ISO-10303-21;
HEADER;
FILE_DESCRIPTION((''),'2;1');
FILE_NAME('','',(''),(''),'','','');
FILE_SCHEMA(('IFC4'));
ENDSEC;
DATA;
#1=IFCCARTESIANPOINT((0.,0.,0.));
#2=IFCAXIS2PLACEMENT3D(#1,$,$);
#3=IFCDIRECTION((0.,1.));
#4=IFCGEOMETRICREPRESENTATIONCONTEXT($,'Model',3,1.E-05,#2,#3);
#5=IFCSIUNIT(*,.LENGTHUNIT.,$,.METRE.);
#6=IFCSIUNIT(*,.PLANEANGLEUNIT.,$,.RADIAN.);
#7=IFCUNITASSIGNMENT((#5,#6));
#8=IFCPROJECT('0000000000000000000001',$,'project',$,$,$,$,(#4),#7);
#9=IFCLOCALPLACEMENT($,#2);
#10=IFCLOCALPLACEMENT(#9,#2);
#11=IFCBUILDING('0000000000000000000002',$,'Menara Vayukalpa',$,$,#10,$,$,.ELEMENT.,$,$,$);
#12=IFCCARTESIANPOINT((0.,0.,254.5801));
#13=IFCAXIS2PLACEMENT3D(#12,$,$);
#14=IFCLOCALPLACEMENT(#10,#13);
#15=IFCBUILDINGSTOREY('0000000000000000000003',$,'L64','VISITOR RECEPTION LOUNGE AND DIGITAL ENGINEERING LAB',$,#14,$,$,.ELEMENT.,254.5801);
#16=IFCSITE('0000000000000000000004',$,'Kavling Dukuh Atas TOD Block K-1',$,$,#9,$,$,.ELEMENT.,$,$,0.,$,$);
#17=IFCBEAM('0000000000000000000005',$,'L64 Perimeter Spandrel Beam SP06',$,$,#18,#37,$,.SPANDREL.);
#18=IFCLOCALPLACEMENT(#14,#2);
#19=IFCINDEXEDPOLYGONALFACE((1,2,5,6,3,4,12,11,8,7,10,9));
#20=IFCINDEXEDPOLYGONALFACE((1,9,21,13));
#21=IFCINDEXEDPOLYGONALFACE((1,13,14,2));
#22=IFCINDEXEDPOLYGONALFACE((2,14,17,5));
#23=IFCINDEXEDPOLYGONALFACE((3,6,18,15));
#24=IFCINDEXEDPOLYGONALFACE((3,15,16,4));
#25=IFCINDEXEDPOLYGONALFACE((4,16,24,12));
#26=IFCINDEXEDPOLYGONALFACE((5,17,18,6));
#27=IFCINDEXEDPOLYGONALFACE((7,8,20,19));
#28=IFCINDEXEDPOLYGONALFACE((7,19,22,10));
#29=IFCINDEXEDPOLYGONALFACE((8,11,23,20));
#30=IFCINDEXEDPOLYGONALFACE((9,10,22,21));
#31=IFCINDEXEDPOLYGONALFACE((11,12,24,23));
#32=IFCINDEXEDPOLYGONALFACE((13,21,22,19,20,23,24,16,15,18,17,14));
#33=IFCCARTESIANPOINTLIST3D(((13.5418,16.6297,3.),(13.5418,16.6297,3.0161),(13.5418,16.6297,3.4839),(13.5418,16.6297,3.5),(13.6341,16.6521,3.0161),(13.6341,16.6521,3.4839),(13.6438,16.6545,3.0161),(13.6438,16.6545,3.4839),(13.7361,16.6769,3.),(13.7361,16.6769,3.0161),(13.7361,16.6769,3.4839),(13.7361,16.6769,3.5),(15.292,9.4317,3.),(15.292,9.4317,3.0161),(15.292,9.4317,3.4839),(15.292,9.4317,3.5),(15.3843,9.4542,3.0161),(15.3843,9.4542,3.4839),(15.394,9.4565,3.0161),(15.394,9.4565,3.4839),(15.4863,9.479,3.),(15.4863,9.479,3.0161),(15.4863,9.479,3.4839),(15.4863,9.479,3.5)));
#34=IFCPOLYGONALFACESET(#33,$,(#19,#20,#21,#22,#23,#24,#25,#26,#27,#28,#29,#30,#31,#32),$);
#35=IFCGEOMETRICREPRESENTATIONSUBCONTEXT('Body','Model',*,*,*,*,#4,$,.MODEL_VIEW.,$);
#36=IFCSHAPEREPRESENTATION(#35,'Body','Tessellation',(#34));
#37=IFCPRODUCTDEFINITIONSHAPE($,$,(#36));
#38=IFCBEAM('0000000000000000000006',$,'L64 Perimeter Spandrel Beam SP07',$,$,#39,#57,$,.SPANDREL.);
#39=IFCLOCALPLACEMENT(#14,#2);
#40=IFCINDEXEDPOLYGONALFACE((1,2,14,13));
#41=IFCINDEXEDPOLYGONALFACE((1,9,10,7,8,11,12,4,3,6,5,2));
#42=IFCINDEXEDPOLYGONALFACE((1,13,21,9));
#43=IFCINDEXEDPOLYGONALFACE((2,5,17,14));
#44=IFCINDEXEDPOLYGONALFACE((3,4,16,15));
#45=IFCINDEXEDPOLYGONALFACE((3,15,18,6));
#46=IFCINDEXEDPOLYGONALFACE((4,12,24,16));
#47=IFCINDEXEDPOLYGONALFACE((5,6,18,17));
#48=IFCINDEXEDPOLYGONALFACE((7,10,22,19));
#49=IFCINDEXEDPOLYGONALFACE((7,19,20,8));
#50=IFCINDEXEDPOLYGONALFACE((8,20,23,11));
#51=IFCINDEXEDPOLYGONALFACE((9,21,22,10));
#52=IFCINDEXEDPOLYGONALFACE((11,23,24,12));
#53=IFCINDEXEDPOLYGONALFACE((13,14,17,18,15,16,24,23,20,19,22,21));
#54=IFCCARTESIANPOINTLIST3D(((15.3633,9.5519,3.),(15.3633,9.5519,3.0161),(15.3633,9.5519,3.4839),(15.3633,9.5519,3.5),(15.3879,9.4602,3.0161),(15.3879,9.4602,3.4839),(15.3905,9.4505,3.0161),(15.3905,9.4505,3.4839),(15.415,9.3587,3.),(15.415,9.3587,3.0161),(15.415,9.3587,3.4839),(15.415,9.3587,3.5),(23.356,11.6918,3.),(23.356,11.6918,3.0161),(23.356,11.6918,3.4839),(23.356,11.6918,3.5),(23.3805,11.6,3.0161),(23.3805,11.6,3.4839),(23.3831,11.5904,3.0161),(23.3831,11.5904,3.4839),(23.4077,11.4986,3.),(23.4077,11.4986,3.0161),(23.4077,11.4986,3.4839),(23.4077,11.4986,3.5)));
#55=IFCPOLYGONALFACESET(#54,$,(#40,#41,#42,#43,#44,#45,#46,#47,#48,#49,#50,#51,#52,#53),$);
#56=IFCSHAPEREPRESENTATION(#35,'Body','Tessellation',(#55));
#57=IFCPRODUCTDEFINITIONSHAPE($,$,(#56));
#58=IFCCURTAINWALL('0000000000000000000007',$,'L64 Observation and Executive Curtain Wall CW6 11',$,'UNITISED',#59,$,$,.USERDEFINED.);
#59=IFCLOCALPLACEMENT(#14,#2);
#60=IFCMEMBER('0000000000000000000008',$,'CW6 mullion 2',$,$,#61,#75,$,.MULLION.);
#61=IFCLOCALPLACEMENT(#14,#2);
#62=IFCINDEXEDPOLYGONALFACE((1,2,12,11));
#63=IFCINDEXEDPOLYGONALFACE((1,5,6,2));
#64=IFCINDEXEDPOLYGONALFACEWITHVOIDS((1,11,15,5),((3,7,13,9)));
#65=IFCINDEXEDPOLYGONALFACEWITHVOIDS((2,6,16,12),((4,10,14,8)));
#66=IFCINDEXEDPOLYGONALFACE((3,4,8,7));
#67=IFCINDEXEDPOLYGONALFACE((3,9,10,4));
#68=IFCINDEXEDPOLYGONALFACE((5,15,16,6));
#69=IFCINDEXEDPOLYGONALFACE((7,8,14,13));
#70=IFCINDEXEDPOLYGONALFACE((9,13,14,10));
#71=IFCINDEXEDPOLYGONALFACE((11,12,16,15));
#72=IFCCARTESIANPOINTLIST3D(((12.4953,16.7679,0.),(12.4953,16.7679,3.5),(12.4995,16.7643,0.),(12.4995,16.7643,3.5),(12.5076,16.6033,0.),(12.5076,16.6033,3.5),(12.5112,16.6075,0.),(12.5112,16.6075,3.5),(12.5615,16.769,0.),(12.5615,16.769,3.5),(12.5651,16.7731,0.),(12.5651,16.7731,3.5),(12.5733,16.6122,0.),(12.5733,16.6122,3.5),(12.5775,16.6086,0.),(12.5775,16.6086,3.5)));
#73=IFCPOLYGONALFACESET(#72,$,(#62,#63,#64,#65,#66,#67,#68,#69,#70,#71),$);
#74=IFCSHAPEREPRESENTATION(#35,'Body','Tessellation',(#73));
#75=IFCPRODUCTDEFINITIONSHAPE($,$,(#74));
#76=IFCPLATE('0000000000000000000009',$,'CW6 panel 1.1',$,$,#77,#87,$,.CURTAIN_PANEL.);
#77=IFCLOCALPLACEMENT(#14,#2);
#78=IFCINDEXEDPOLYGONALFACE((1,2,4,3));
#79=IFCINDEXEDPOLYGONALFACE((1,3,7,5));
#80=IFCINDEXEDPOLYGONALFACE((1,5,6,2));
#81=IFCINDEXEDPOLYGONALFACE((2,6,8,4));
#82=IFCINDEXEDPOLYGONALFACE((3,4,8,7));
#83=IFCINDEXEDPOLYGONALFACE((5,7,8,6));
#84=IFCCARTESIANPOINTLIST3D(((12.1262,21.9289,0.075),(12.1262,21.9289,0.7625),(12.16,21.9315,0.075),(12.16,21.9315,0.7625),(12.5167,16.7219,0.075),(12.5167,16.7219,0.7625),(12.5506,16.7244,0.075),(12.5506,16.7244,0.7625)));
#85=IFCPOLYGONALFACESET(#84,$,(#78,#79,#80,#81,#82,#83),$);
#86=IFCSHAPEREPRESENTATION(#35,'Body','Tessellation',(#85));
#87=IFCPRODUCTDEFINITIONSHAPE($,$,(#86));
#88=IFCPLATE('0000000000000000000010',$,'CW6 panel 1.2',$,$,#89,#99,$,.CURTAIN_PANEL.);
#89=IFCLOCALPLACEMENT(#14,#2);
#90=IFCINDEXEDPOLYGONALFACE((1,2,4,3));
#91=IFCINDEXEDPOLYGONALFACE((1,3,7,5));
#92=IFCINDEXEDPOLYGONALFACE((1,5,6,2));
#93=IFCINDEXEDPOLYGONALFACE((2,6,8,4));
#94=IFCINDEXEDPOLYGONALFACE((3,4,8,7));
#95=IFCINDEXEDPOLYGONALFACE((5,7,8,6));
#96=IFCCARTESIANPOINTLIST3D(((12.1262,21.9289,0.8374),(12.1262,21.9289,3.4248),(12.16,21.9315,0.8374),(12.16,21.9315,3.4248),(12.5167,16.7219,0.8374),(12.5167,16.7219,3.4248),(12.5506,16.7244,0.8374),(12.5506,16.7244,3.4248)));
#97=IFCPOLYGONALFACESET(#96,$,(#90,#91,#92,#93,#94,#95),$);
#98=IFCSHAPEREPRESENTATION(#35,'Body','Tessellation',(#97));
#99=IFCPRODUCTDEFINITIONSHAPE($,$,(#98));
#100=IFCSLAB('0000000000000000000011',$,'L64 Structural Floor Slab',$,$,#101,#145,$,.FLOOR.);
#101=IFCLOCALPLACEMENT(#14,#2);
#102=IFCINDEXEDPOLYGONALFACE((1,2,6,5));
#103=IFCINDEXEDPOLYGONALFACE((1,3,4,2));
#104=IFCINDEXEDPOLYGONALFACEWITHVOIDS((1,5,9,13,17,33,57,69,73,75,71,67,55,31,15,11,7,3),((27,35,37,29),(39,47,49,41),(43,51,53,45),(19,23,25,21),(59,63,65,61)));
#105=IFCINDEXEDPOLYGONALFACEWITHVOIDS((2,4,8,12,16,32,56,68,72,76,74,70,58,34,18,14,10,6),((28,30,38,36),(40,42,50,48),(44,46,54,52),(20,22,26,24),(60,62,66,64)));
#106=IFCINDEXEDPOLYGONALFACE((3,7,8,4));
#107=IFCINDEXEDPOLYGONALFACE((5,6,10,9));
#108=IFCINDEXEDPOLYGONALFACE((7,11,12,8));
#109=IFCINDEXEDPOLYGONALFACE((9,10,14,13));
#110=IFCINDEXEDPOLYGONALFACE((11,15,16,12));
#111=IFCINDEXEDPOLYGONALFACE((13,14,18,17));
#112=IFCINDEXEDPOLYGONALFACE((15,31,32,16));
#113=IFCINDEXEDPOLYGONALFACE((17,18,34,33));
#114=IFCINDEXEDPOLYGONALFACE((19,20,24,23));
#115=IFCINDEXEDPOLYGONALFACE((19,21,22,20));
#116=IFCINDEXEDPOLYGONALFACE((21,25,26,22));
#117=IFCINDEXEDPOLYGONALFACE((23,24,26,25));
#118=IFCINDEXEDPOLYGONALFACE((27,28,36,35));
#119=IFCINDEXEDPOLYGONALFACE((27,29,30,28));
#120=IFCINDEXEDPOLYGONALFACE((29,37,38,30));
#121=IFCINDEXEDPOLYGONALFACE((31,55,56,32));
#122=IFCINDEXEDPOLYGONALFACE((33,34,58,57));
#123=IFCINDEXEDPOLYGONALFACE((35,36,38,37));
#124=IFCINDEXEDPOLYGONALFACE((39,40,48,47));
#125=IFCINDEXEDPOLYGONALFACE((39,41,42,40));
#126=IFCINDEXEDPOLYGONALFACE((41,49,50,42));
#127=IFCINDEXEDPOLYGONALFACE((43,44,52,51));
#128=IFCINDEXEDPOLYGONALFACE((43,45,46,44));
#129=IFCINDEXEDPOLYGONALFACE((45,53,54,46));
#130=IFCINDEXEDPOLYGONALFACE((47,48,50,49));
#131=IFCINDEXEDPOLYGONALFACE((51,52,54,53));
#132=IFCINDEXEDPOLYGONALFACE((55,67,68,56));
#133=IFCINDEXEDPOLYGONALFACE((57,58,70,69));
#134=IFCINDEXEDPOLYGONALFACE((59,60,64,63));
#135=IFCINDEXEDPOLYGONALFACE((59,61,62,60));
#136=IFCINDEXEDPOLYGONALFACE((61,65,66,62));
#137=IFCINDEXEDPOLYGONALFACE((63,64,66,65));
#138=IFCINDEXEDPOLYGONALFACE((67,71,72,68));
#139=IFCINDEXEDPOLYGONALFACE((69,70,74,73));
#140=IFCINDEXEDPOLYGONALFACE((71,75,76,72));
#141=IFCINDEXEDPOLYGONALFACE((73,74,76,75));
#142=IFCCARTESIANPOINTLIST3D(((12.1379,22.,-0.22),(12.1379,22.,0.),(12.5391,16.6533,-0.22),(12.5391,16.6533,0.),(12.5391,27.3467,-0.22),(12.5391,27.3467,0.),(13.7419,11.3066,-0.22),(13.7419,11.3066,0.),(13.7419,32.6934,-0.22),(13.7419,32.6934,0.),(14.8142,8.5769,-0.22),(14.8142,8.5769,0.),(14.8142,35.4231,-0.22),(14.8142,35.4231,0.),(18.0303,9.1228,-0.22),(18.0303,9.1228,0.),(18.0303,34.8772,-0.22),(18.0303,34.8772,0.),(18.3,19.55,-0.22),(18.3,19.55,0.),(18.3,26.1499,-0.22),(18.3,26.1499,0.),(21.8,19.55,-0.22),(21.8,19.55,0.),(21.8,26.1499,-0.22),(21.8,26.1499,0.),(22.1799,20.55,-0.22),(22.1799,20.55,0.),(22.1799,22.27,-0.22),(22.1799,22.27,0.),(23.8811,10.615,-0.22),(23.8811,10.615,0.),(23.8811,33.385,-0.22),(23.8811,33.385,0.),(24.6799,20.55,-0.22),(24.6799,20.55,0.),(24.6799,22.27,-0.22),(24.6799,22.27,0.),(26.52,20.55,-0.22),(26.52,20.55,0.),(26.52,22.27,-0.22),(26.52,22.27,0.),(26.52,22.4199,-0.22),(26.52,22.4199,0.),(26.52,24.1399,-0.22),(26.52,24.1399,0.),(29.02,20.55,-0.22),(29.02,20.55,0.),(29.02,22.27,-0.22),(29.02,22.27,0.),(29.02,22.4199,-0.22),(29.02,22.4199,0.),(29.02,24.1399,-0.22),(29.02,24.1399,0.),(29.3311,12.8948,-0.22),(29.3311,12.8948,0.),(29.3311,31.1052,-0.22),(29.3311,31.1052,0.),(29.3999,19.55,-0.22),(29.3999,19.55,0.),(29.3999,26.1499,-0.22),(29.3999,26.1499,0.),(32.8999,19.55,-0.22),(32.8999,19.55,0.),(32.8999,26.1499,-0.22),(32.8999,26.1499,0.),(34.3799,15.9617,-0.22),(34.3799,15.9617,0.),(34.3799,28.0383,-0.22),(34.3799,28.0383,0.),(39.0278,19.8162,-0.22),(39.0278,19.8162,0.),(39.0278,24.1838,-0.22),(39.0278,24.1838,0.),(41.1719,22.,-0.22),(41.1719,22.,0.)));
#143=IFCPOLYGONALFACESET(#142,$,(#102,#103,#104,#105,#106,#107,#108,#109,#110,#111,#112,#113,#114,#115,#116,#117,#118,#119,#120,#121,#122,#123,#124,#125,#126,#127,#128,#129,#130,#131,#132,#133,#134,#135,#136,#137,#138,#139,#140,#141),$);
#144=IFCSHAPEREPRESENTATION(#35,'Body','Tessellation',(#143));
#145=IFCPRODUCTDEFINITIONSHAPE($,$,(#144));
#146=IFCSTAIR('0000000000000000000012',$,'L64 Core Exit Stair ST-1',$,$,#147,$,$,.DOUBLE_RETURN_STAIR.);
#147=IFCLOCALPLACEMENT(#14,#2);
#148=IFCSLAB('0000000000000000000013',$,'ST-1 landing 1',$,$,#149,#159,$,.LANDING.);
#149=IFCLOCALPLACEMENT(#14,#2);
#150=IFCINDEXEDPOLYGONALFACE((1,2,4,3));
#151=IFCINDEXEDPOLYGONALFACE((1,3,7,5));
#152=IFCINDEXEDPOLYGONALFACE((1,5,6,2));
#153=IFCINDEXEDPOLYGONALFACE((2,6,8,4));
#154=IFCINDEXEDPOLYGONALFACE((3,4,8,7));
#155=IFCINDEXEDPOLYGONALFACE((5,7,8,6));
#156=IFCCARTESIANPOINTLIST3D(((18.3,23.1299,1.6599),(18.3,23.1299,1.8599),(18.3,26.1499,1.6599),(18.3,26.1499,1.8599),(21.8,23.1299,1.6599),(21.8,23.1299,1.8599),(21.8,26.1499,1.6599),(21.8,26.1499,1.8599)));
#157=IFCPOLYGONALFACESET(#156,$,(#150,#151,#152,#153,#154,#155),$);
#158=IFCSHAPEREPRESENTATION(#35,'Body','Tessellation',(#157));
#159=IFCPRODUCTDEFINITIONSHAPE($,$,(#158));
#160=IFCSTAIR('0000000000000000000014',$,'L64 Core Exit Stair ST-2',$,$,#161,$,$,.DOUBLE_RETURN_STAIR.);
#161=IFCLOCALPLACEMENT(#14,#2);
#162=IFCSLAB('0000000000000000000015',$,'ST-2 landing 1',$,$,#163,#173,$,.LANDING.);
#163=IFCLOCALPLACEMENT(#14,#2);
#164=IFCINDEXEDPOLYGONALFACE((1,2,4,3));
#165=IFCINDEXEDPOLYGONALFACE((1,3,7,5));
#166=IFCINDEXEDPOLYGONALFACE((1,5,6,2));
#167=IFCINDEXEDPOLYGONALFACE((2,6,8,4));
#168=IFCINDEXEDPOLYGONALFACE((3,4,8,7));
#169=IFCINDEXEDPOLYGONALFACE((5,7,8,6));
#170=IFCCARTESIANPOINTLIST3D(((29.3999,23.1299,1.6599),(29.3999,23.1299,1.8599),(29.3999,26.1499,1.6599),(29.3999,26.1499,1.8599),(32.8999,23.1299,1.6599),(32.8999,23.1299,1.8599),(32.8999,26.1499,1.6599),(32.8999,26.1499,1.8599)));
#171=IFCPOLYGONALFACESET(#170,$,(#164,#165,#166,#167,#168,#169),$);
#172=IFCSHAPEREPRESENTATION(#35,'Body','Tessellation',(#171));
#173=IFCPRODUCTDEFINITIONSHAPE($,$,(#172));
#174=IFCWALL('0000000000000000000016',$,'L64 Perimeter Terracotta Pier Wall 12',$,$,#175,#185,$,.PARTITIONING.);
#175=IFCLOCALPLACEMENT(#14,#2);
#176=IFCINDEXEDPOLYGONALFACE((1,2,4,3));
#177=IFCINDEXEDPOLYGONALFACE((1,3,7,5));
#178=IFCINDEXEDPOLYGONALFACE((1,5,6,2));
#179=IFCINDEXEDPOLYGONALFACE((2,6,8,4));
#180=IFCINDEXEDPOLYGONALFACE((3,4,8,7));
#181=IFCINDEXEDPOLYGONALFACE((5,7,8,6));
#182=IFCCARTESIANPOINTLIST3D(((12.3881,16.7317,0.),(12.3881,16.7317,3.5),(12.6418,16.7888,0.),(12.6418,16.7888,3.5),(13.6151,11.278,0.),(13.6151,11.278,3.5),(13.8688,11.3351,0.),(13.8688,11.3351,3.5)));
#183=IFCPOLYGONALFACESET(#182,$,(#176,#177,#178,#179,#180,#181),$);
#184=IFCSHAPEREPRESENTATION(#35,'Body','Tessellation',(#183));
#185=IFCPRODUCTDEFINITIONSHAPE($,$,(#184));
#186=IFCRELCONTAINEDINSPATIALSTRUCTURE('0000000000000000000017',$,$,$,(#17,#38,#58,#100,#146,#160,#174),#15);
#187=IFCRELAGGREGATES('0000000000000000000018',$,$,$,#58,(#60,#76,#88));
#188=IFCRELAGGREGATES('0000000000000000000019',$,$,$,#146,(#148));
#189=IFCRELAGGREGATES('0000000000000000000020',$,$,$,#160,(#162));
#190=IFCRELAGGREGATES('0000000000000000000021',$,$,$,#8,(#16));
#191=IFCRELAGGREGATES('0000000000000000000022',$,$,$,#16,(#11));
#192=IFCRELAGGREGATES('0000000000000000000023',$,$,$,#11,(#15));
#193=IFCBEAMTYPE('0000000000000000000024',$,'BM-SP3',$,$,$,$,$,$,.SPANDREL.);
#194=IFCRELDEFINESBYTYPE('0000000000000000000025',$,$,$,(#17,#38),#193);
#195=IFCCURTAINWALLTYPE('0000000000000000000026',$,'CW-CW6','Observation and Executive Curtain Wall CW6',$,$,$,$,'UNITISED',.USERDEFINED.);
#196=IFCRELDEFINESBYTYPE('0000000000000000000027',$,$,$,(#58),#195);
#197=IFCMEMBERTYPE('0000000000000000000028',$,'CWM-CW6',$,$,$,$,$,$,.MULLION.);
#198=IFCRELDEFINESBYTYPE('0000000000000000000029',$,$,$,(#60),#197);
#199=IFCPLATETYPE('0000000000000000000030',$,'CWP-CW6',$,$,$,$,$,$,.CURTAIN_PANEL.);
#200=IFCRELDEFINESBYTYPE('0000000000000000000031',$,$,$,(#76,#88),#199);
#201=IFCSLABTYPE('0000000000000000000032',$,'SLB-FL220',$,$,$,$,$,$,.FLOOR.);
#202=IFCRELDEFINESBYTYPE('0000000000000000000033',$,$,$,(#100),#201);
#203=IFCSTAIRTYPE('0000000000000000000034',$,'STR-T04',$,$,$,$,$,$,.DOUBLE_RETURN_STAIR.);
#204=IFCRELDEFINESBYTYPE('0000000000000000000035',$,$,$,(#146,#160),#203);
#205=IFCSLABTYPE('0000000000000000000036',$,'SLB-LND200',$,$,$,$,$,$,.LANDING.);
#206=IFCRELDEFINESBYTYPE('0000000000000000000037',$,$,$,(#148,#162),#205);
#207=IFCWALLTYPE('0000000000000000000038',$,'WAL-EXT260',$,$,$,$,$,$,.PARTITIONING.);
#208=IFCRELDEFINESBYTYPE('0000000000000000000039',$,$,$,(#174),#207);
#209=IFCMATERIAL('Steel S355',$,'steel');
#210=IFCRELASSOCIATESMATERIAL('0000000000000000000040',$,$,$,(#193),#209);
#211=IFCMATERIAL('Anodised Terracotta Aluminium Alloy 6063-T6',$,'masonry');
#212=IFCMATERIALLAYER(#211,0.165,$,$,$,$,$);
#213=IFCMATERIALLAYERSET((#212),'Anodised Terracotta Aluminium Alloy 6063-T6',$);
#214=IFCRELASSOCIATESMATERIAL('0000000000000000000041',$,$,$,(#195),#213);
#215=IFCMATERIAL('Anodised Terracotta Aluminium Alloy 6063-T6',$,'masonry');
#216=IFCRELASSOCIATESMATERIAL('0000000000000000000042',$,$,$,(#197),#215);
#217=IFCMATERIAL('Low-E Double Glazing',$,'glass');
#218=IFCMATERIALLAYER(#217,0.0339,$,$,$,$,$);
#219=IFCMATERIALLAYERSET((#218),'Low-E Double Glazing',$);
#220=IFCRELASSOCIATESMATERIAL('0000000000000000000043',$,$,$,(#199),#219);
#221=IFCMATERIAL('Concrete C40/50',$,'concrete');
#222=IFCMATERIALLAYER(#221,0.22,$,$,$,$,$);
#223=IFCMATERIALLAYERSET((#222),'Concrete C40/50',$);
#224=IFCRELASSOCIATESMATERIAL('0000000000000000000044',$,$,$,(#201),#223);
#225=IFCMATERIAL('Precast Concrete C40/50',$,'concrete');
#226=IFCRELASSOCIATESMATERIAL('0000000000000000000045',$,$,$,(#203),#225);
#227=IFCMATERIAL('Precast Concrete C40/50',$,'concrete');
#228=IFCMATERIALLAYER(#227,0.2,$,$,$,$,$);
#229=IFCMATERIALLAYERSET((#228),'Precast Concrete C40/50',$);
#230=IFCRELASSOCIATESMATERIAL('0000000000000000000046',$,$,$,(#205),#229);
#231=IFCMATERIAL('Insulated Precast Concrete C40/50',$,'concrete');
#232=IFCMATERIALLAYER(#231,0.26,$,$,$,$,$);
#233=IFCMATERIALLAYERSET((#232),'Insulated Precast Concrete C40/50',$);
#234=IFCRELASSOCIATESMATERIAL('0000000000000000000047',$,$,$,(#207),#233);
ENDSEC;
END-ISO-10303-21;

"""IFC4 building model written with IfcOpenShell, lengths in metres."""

from ifc_helpers import new_model, si_unit, direction, frame, frame_2d, origin, origin_2d, place, context, subcontext, project, spatial, polyline, rectangle, hollow_rectangle, i_section, outline, extrude, material, layer, layer_set, material_profile, profile_set, type_object, element, aggregate, save


model = new_model("IFC4")

# Units and contexts
model_context = context("Model", 3, precision=1e-05, world=origin(), true_north=direction((0.0, 1.0)))
body_context = subcontext(model_context, "Body", "Model", "MODEL_VIEW")
ifc_project = project(units=[si_unit("LENGTHUNIT", "METRE"), si_unit("PLANEANGLEUNIT", "RADIAN")], contexts=[model_context])

# Site, building, storey
site_placement = place(None, origin())
site = spatial("IfcSite", under=ifc_project, at=site_placement, Name="Kavling Dukuh Atas TOD Block K-1", CompositionType="ELEMENT", RefElevation=0.0)
building_placement = place(site_placement, origin())
building = spatial("IfcBuilding", under=site, at=building_placement, Name="Menara Vayukalpa", CompositionType="ELEMENT")
storey_placement = place(building_placement, frame((0.0, 0.0, 254.5801)))
storey = spatial("IfcBuildingStorey", under=building, at=storey_placement, Name="L64", Description="VISITOR RECEPTION LOUNGE AND DIGITAL ENGINEERING LAB", CompositionType="ELEMENT", Elevation=254.5801)

# Beams
ifc_material_1 = material(Name="Steel S355", Category="steel")
ifc_material_profile_1 = material_profile(ifc_material_1, i_section(OverallWidth=0.2, OverallDepth=0.5, WebThickness=0.01, FlangeThickness=0.0161, at=origin_2d()), Name="WF 500x200x10x16")
ifc_profile_set_1 = profile_set([ifc_material_profile_1], Name="Steel S355")
beam_type_1 = type_object("IfcBeamType", Name="BM-SP3", PredefinedType="SPANDREL", material=ifc_profile_set_1)
beam_1_placement = place(storey_placement, frame((13.6389, 16.6533, 3.25), z_axis=(0.236273, -0.971687, 0.0), x_axis=(0.971687, 0.236273, 0.0)))
element("IfcBeam", 1, at=beam_1_placement, inside=storey, type_object=beam_type_1, Name="L64 Perimeter Spandrel Beam SP06", PredefinedType="SPANDREL", context=body_context, shape_type="SweptSolid", body=[
    extrude(i_section(OverallWidth=0.2, OverallDepth=0.5, WebThickness=0.01, FlangeThickness=0.0161, at=origin_2d()), origin(), (0.0, 0.0, 1.0), 7.4077),
])
beam_2_placement = place(storey_placement, frame((15.3892, 9.4553, 3.25), z_axis=(0.965978, 0.258623, 0.0), x_axis=(-0.258623, 0.965978, 0.0)))
element("IfcBeam", 2, at=beam_2_placement, inside=storey, type_object=beam_type_1, Name="L64 Perimeter Spandrel Beam SP07", PredefinedType="SPANDREL", context=body_context, shape_type="SweptSolid", body=[
    extrude(i_section(OverallWidth=0.2, OverallDepth=0.5, WebThickness=0.01, FlangeThickness=0.0161, at=origin_2d()), origin(), (0.0, 0.0, 1.0), 8.2742),
])

# Curtain wall, member, plates
ifc_material_2 = material(Name="Anodised Terracotta Aluminium Alloy 6063-T6", Category="masonry")
ifc_layer_1 = layer(ifc_material_2, 0.165)
ifc_layer_set_1 = layer_set([ifc_layer_1], Name="Anodised Terracotta Aluminium Alloy 6063-T6")
curtain_wall_type = type_object("IfcCurtainWallType", Name="CW-CW6", Description="Observation and Executive Curtain Wall CW6", ElementType="UNITISED", PredefinedType="USERDEFINED", material=ifc_layer_set_1)
curtain_wall_placement = place(storey_placement, origin())
curtain_wall = element("IfcCurtainWall", 3, at=curtain_wall_placement, inside=storey, type_object=curtain_wall_type, Name="L64 Observation and Executive Curtain Wall CW6 11", ObjectType="UNITISED", PredefinedType="USERDEFINED")
ifc_material_3 = material(Name="Anodised Terracotta Aluminium Alloy 6063-T6", Category="masonry")
ifc_material_profile_2 = material_profile(ifc_material_3, hollow_rectangle(XDim=0.0701, YDim=0.165, WallThickness=0.0039, at=origin_2d()), Name="ALU 70x165x4")
ifc_profile_set_2 = profile_set([ifc_material_profile_2], Name="Anodised Terracotta Aluminium Alloy 6063-T6")
member_type = type_object("IfcMemberType", Name="CWM-CW6", PredefinedType="MULLION", material=ifc_profile_set_2)
member_placement = place(storey_placement, frame((12.5364, 16.6882, 0.0), z_axis=(0.0, 0.0, 1.0), x_axis=(0.997199, 0.074789, 0.0)))
member = element("IfcMember", 4, at=member_placement, type_object=member_type, Name="CW6 mullion 2", PredefinedType="MULLION", context=body_context, shape_type="SweptSolid", body=[
    extrude(hollow_rectangle(XDim=0.0701, YDim=0.165, WallThickness=0.0039, at=origin_2d()), origin(), (0.0, 0.0, 1.0), 3.5),
])
ifc_material_4 = material(Name="Low-E Double Glazing", Category="glass")
ifc_layer_2 = layer(ifc_material_4, 0.0339)
ifc_layer_set_2 = layer_set([ifc_layer_2], Name="Low-E Double Glazing")
plate_type = type_object("IfcPlateType", Name="CWP-CW6", PredefinedType="CURTAIN_PANEL", material=ifc_layer_set_2)
plate_1_placement = place(storey_placement, frame((12.3384, 19.3267, 0.075), z_axis=(0.0, 0.0, 1.0), x_axis=(0.074789, -0.997199, 0.0)))
plate_1 = element("IfcPlate", 5, at=plate_1_placement, type_object=plate_type, Name="CW6 panel 1.1", PredefinedType="CURTAIN_PANEL", context=body_context, shape_type="SweptSolid", body=[
    extrude(rectangle(XDim=5.2217, YDim=0.0339, at=origin_2d()), origin(), (0.0, 0.0, 1.0), 0.6875),
])
plate_2_placement = place(storey_placement, frame((12.3384, 19.3267, 0.8374), z_axis=(0.0, 0.0, 1.0), x_axis=(0.074789, -0.997199, 0.0)))
plate_2 = element("IfcPlate", 6, at=plate_2_placement, type_object=plate_type, Name="CW6 panel 1.2", PredefinedType="CURTAIN_PANEL", context=body_context, shape_type="SweptSolid", body=[
    extrude(rectangle(XDim=5.2217, YDim=0.0339, at=origin_2d()), origin(), (0.0, 0.0, 1.0), 2.5874),
])
aggregate(curtain_wall, [member, plate_1, plate_2])

# Slab
ifc_material_5 = material(Name="Concrete C40/50", Category="concrete")
ifc_layer_3 = layer(ifc_material_5, 0.22)
ifc_layer_set_3 = layer_set([ifc_layer_3], Name="Concrete C40/50")
slab_type_1 = type_object("IfcSlabType", Name="SLB-FL220", PredefinedType="FLOOR", material=ifc_layer_set_3)
slab_1_placement = place(storey_placement, frame((0.0, 0.0, -0.22)))
element("IfcSlab", 7, at=slab_1_placement, inside=storey, type_object=slab_type_1, Name="L64 Structural Floor Slab", PredefinedType="FLOOR", context=body_context, shape_type="SweptSolid", body=[
    extrude(outline(polyline([(39.0278, 19.8162), (41.1719, 22.0), (39.0278, 24.1838), (34.3799, 28.0383), (29.3311, 31.1052), (23.8811, 33.385), (18.0303, 34.8772), (14.8142, 35.4231), (13.7419, 32.6934), (12.5391, 27.3467), (12.1379, 22.0), (12.5391, 16.6533), (13.7419, 11.3066), (14.8142, 8.5769), (18.0303, 9.1228), (23.8811, 10.615), (29.3311, 12.8948), (34.3799, 15.9617), (39.0278, 19.8162)]), holes=[polyline([(21.8, 19.55), (21.8, 26.1499), (18.3, 26.1499), (18.3, 19.55), (21.8, 19.55)]), polyline([(32.8999, 19.55), (32.8999, 26.1499), (29.3999, 26.1499), (29.3999, 19.55), (32.8999, 19.55)]), polyline([(22.1799, 20.55), (24.6799, 20.55), (24.6799, 22.27), (22.1799, 22.27), (22.1799, 20.55)]), polyline([(26.52, 20.55), (29.02, 20.55), (29.02, 22.27), (26.52, 22.27), (26.52, 20.55)]), polyline([(26.52, 22.4199), (29.02, 22.4199), (29.02, 24.1399), (26.52, 24.1399), (26.52, 22.4199)])]), origin(), (0.0, 0.0, 1.0), 0.22),
])

# Stairs, slabs
ifc_material_6 = material(Name="Precast Concrete C40/50", Category="concrete")
stair_type = type_object("IfcStairType", Name="STR-T04", PredefinedType="DOUBLE_RETURN_STAIR", material=ifc_material_6)
stair_1_placement = place(storey_placement, origin())
stair_1 = element("IfcStair", 8, at=stair_1_placement, inside=storey, type_object=stair_type, Name="L64 Core Exit Stair ST-1", PredefinedType="DOUBLE_RETURN_STAIR")
ifc_material_7 = material(Name="Precast Concrete C40/50", Category="concrete")
ifc_layer_4 = layer(ifc_material_7, 0.2)
ifc_layer_set_4 = layer_set([ifc_layer_4], Name="Precast Concrete C40/50")
slab_type_2 = type_object("IfcSlabType", Name="SLB-LND200", PredefinedType="LANDING", material=ifc_layer_set_4)
slab_2_placement = place(storey_placement, frame((0.0, 0.0, 1.6599)))
slab_2 = element("IfcSlab", 9, at=slab_2_placement, type_object=slab_type_2, Name="ST-1 landing 1", PredefinedType="LANDING", context=body_context, shape_type="SweptSolid", body=[
    extrude(outline(polyline([(21.8, 23.1299), (21.8, 26.1499), (18.3, 26.1499), (18.3, 23.1299), (21.8, 23.1299)])), origin(), (0.0, 0.0, 1.0), 0.2),
])
aggregate(stair_1, [slab_2])
stair_2_placement = place(storey_placement, origin())
stair_2 = element("IfcStair", 10, at=stair_2_placement, inside=storey, type_object=stair_type, Name="L64 Core Exit Stair ST-2", PredefinedType="DOUBLE_RETURN_STAIR")
slab_3_placement = place(storey_placement, frame((0.0, 0.0, 1.6599)))
slab_3 = element("IfcSlab", 11, at=slab_3_placement, type_object=slab_type_2, Name="ST-2 landing 1", PredefinedType="LANDING", context=body_context, shape_type="SweptSolid", body=[
    extrude(outline(polyline([(32.8999, 23.1299), (32.8999, 26.1499), (29.3999, 26.1499), (29.3999, 23.1299), (32.8999, 23.1299)])), origin(), (0.0, 0.0, 1.0), 0.2),
])
aggregate(stair_2, [slab_3])

# Wall
ifc_material_8 = material(Name="Insulated Precast Concrete C40/50", Category="concrete")
ifc_layer_5 = layer(ifc_material_8, 0.26)
ifc_layer_set_5 = layer_set([ifc_layer_5], Name="Insulated Precast Concrete C40/50")
wall_type_1 = type_object("IfcWallType", Name="WAL-EXT260", PredefinedType="PARTITIONING", material=ifc_layer_set_5)
wall_1_placement = place(storey_placement, frame((13.7419, 11.3066, 0.0), z_axis=(0.0, 0.0, 1.0), x_axis=(-0.219501, 0.975612, 0.0)))
element("IfcWall", 12, at=wall_1_placement, inside=storey, type_object=wall_type_1, Name="L64 Perimeter Terracotta Pier Wall 12", PredefinedType="PARTITIONING", context=body_context, shape_type="SweptSolid", body=[
    extrude(rectangle(XDim=5.5901, YDim=0.26, at=frame_2d((2.7949, 0.0))), origin(), (0.0, 0.0, 1.0), 3.5),
])

save(model, "model.ifc")
